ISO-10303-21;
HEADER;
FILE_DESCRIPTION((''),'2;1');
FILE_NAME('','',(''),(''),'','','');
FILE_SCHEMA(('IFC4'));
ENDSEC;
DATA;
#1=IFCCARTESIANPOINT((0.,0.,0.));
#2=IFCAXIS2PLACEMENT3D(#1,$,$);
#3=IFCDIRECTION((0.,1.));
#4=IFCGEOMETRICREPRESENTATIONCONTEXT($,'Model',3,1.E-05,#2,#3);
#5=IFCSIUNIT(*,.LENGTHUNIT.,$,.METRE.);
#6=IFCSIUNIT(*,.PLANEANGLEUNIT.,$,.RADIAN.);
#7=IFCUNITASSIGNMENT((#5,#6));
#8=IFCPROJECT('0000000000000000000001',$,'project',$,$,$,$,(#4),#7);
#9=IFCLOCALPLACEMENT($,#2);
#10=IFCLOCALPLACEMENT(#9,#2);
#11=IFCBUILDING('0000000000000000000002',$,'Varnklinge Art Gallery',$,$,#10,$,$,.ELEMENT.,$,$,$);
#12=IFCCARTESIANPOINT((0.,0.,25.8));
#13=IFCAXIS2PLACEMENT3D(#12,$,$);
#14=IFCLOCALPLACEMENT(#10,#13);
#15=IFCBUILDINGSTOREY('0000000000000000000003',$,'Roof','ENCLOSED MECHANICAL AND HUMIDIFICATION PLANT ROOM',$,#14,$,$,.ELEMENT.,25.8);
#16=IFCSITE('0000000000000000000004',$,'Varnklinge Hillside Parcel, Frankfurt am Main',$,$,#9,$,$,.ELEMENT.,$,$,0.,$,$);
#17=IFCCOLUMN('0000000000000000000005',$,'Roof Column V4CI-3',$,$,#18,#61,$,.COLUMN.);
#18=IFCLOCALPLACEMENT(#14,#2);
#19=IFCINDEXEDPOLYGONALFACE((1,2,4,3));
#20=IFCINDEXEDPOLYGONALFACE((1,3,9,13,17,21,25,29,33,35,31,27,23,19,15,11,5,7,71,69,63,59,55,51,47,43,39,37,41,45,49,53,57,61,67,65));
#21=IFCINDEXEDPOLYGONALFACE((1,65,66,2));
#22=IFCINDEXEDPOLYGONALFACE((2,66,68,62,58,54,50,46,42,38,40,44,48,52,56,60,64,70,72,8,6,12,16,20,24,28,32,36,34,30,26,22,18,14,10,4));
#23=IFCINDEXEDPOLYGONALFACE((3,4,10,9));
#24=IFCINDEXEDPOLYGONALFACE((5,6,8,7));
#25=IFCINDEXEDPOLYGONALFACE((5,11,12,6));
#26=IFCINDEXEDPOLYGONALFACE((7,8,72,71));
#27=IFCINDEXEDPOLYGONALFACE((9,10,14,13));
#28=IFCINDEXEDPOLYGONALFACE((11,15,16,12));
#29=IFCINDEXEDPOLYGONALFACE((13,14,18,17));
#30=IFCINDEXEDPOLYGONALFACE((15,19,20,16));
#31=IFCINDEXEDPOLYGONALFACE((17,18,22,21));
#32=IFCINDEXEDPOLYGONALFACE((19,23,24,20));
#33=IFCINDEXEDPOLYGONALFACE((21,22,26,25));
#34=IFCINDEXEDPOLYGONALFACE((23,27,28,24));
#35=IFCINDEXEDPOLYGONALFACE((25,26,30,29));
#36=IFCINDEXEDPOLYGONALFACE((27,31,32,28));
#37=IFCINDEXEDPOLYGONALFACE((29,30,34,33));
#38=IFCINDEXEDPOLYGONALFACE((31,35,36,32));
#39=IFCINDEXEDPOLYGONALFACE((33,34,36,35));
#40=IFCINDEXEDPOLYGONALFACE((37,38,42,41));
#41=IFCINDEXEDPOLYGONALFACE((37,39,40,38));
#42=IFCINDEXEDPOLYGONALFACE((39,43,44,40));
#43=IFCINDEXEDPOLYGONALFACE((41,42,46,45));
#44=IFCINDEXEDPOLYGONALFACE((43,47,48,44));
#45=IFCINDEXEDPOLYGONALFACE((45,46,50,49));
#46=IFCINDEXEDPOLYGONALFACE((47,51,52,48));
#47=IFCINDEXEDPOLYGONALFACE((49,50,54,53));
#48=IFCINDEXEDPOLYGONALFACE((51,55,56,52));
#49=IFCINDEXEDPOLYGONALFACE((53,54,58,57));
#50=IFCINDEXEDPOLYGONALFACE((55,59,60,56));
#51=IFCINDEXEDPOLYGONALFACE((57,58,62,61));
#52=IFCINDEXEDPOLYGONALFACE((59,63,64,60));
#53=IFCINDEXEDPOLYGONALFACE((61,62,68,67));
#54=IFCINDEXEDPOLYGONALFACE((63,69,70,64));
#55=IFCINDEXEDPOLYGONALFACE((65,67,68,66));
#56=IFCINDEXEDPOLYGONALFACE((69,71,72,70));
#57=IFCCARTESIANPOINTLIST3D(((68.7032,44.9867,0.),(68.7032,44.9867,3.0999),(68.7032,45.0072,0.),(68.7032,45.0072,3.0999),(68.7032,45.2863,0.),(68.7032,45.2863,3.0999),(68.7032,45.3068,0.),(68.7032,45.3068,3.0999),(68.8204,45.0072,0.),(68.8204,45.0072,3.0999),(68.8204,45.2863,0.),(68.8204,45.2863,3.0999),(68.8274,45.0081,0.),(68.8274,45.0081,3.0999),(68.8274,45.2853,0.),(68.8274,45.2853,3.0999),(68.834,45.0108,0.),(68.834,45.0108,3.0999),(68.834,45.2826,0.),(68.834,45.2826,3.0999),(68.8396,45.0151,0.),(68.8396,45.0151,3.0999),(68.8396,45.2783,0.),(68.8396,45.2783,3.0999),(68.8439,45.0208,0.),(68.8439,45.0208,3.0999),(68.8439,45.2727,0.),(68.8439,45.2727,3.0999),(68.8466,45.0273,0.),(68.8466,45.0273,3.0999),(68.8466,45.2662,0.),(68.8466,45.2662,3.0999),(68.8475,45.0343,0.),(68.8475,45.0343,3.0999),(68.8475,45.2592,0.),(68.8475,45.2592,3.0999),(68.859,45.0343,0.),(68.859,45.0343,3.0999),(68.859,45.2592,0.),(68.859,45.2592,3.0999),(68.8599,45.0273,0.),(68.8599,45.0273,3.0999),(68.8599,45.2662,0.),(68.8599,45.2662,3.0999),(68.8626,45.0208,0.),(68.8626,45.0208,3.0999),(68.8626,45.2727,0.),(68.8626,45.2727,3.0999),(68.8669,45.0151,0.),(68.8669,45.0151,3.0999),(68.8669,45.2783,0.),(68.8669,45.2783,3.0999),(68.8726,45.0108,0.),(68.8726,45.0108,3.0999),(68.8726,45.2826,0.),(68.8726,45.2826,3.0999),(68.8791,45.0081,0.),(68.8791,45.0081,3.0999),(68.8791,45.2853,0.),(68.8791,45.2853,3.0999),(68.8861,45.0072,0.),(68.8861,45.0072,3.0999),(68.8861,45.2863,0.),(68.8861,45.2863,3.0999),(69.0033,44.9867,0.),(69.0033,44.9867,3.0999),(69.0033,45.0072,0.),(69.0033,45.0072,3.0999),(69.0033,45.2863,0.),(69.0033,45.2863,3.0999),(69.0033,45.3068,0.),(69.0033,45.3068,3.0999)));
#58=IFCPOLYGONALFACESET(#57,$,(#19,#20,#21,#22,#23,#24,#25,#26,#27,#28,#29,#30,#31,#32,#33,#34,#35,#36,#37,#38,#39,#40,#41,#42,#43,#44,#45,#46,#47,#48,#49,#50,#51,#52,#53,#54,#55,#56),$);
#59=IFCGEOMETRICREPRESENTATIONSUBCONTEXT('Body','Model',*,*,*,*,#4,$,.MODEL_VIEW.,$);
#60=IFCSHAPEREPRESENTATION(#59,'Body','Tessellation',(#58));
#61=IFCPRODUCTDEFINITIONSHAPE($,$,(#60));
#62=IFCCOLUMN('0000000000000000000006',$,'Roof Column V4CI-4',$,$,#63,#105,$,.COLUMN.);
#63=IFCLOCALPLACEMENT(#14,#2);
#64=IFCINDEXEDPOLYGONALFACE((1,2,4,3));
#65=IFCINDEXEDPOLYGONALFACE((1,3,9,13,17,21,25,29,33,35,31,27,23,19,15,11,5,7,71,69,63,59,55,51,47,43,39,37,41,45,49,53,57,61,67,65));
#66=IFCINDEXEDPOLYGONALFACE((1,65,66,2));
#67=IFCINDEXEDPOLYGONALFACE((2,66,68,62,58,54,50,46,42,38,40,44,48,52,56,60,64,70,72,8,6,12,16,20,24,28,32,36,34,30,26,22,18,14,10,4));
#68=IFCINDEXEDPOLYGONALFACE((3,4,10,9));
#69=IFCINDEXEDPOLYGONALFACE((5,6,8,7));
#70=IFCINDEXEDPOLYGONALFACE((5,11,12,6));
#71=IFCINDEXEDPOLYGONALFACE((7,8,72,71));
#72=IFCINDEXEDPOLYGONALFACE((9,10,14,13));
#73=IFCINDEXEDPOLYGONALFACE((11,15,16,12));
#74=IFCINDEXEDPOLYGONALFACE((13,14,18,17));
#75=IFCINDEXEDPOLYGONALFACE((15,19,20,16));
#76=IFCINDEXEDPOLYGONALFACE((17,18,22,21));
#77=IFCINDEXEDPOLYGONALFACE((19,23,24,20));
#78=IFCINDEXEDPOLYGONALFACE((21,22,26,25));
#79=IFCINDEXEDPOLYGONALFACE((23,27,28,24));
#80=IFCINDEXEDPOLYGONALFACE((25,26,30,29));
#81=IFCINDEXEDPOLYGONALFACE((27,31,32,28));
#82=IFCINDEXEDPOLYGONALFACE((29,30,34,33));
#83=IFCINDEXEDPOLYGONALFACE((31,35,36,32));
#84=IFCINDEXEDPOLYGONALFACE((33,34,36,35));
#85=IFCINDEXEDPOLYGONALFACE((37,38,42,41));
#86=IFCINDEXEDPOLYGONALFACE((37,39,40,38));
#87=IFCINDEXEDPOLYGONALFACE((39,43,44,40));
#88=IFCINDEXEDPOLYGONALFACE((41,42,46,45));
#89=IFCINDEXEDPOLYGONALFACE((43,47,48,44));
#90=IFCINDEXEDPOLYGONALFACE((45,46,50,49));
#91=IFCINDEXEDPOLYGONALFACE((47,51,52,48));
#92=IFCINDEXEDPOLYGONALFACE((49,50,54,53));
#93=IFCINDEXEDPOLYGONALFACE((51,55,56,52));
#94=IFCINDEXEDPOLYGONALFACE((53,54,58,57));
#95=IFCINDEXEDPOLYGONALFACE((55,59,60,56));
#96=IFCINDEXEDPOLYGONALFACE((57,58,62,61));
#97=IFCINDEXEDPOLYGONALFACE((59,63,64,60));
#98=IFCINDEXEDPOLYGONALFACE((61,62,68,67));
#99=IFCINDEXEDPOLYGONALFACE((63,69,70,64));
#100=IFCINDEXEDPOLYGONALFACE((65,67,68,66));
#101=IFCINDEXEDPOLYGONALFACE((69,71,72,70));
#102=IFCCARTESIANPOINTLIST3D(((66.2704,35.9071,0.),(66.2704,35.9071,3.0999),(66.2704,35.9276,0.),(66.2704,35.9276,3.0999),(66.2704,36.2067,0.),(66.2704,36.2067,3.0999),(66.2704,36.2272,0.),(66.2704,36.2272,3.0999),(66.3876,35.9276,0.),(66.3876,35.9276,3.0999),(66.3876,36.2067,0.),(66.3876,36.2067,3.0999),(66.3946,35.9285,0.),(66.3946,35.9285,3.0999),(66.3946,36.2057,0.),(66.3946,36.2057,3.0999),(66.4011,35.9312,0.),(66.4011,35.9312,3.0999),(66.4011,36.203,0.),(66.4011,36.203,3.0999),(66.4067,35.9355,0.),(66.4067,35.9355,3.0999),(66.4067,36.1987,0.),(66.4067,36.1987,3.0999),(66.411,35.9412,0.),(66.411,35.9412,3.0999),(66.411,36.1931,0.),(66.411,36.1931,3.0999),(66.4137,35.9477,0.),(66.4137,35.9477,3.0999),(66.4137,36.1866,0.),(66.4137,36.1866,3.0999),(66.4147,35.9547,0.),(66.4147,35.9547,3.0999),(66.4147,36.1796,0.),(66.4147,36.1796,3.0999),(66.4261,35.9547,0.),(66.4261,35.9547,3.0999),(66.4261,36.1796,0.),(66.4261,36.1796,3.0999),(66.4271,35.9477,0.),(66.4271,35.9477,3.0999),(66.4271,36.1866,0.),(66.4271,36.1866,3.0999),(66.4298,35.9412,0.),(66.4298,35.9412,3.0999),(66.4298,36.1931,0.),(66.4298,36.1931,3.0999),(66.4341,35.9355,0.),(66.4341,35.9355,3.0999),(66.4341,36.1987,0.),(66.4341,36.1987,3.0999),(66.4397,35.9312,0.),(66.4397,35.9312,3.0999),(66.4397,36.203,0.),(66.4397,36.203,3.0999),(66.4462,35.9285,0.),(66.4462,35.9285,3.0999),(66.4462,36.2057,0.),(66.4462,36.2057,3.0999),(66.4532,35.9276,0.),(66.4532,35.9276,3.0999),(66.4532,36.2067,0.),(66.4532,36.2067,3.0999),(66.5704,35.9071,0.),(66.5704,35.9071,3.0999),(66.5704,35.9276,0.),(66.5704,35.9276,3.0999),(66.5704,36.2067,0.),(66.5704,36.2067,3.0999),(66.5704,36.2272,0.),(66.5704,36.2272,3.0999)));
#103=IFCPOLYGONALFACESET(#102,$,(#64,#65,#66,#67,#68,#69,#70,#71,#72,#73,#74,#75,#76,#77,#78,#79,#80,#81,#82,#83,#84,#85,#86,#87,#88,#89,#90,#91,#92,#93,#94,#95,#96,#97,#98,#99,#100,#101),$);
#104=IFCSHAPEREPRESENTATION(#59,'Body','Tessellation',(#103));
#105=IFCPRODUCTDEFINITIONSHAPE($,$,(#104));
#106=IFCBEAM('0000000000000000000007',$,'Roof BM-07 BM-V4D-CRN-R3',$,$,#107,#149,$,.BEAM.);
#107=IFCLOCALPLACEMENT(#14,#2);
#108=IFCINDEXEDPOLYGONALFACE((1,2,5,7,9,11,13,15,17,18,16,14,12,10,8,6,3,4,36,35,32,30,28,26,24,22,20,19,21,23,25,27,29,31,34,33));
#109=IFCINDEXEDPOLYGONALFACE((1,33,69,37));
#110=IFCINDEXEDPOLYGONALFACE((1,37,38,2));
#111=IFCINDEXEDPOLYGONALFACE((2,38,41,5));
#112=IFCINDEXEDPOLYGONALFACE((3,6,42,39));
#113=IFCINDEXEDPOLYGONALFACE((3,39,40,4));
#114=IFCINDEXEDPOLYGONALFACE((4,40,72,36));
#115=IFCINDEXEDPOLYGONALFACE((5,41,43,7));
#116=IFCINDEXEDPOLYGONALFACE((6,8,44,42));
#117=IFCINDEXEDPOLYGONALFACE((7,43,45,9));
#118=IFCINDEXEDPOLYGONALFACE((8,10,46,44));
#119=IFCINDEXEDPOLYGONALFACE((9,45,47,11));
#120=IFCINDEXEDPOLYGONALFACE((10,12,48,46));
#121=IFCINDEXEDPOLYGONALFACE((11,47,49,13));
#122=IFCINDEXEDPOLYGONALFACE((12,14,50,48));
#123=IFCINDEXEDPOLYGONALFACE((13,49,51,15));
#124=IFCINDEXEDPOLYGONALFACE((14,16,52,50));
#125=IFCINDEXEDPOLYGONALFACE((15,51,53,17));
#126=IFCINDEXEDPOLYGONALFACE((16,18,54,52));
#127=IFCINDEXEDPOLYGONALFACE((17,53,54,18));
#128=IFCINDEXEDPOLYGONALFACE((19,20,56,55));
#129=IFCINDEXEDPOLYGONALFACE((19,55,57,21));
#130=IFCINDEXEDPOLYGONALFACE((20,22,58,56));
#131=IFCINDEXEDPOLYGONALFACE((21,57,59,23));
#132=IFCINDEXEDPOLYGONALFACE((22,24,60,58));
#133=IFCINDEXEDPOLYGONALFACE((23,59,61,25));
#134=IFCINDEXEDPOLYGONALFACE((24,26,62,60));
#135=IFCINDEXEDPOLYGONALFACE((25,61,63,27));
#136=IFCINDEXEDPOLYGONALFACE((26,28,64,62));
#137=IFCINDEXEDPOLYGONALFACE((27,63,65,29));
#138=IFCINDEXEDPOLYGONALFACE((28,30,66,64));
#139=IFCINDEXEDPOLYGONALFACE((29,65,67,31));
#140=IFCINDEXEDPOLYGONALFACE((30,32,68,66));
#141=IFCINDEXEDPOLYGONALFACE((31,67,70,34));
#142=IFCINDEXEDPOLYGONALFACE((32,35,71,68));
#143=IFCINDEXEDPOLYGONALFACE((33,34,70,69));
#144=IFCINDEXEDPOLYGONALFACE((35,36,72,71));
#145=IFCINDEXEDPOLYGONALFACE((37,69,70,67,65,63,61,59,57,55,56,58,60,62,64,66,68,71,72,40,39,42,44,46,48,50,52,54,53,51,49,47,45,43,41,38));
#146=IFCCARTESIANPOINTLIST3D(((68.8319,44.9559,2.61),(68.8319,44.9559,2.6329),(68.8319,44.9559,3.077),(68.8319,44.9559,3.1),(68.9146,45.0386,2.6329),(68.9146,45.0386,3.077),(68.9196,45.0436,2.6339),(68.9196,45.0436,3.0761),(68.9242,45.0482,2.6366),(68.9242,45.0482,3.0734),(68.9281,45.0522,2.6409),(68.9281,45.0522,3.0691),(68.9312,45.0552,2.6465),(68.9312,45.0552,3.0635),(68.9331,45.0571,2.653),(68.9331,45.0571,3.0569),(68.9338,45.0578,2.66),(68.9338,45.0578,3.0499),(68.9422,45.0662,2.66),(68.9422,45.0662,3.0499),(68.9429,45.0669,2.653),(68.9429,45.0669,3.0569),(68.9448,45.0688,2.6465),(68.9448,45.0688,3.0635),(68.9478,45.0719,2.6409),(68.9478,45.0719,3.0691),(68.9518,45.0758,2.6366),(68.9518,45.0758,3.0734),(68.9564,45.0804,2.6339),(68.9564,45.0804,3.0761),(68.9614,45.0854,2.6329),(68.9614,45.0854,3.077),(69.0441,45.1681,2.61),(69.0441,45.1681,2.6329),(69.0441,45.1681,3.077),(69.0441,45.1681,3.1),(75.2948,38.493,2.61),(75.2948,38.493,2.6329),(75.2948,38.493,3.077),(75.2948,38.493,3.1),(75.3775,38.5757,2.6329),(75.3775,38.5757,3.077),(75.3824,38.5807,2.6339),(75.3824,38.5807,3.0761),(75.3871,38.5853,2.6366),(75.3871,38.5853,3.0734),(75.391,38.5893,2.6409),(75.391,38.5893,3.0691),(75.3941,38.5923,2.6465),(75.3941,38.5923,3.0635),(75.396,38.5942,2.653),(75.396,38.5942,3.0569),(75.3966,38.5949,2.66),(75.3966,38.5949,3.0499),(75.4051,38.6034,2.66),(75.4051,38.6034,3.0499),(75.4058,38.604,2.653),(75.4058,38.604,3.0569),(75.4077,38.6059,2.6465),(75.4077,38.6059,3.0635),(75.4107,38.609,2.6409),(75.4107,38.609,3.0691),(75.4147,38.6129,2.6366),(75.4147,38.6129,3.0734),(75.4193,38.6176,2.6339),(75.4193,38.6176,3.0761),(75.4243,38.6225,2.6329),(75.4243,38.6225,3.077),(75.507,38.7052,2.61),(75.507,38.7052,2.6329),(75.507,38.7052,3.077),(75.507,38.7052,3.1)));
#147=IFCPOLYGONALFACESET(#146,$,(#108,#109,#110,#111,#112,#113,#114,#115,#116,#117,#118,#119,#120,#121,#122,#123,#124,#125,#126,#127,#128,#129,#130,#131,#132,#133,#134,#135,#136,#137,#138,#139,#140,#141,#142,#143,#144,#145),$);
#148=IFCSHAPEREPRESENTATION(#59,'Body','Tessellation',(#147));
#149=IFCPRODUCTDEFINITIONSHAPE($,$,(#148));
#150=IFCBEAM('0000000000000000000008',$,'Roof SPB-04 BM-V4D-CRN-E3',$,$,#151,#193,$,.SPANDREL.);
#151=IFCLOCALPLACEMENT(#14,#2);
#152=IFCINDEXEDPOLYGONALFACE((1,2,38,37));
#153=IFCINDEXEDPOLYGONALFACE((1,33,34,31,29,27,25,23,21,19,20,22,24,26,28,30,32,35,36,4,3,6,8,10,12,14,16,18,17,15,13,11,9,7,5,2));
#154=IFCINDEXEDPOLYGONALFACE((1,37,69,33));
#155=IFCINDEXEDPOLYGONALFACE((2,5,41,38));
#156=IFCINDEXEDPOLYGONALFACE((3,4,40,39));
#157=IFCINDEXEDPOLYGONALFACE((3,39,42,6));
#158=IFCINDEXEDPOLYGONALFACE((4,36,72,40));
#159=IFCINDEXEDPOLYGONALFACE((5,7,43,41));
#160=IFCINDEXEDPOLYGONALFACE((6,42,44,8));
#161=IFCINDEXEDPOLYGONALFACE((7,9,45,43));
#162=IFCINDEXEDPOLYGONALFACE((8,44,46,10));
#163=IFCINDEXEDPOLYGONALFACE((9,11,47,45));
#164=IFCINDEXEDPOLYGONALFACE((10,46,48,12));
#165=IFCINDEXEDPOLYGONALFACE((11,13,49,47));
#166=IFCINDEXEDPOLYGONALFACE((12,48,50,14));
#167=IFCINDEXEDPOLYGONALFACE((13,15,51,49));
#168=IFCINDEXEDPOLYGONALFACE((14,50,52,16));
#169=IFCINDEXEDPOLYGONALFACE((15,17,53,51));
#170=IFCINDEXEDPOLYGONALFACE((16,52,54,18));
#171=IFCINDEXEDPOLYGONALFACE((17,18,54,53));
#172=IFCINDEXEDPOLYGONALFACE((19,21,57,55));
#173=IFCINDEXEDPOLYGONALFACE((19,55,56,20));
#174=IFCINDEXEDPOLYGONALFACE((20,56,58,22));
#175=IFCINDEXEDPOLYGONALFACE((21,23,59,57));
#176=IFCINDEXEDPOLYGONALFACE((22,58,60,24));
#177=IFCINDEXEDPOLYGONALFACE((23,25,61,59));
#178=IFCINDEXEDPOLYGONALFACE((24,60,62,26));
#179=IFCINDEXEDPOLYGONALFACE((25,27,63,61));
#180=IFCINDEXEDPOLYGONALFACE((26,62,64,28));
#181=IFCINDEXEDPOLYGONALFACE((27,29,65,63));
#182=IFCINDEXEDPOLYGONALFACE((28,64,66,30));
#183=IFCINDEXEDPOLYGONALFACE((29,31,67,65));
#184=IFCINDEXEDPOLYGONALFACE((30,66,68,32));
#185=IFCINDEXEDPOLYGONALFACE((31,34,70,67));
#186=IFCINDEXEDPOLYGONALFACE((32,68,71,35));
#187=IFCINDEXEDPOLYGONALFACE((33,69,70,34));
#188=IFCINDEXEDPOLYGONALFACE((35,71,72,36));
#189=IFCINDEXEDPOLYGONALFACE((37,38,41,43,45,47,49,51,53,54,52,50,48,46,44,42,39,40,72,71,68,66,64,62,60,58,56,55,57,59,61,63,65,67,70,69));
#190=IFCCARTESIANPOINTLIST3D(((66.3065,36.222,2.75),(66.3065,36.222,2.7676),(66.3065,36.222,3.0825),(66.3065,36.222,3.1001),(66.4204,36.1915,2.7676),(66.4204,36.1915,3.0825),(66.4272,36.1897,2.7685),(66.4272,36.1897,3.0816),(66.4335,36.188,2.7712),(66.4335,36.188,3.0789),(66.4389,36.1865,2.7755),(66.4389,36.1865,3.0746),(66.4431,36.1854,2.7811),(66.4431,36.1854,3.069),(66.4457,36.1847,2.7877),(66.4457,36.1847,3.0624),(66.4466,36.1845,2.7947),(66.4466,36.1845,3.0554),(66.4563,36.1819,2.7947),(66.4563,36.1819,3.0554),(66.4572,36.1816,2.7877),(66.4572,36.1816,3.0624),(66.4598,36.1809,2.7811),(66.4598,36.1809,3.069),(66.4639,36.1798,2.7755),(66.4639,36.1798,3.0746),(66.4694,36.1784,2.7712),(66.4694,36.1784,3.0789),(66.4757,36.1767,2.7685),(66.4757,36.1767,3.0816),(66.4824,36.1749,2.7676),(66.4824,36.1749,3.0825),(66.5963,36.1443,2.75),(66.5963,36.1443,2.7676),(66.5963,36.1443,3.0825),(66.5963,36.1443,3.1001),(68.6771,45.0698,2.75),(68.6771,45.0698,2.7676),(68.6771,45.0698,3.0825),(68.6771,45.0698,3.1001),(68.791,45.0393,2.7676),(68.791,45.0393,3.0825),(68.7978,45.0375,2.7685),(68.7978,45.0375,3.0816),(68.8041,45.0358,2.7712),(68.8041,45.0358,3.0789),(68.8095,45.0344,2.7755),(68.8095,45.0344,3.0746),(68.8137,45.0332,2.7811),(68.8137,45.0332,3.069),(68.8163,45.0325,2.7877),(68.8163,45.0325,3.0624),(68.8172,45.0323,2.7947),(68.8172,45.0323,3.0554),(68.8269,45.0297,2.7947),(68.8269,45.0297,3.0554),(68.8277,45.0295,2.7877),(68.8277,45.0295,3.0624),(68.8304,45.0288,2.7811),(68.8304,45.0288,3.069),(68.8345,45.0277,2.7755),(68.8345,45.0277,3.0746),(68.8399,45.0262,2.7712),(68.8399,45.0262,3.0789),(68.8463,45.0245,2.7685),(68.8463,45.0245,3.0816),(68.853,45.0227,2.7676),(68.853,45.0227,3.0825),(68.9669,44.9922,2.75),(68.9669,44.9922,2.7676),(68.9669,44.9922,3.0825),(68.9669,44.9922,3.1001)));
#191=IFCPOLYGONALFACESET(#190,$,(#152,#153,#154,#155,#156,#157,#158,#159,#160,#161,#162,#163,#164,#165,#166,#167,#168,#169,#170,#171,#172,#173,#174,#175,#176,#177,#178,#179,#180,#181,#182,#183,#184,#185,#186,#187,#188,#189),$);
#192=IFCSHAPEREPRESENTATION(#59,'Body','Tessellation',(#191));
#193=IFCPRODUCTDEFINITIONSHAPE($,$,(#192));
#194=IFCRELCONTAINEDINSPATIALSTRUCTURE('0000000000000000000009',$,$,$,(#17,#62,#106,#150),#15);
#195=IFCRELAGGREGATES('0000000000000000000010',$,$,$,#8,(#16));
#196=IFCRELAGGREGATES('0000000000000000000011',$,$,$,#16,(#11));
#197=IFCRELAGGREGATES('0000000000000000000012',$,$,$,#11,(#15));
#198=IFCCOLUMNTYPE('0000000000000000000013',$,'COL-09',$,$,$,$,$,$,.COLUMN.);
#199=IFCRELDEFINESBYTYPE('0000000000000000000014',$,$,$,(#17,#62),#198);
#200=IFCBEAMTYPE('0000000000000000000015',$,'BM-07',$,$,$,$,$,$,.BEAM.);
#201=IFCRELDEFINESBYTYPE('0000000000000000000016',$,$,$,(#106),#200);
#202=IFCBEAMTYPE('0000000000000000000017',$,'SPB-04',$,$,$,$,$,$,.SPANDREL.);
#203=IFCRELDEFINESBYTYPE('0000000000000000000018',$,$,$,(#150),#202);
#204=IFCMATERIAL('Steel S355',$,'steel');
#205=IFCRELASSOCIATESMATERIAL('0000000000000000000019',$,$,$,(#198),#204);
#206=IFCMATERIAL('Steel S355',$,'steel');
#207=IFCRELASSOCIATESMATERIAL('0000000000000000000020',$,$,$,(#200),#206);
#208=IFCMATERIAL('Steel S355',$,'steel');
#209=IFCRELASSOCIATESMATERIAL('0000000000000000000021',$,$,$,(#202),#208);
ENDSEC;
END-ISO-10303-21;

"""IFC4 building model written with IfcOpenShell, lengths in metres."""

from ifc_helpers import new_model, si_unit, direction, frame, origin, origin_2d, place, context, subcontext, project, spatial, i_section, extrude, material, material_profile, profile_set, type_object, element, save


model = new_model("IFC4")

# Units and contexts
model_context = context("Model", 3, precision=1e-05, world=origin(), true_north=direction((0.0, 1.0)))
body_context = subcontext(model_context, "Body", "Model", "MODEL_VIEW")
ifc_project = project(units=[si_unit("LENGTHUNIT", "METRE"), si_unit("PLANEANGLEUNIT", "RADIAN")], contexts=[model_context])

# Site, building, storey
site_placement = place(None, origin())
site = spatial("IfcSite", under=ifc_project, at=site_placement, Name="Varnklinge Hillside Parcel, Frankfurt am Main", CompositionType="ELEMENT", RefElevation=0.0)
building_placement = place(site_placement, origin())
building = spatial("IfcBuilding", under=site, at=building_placement, Name="Varnklinge Art Gallery", CompositionType="ELEMENT")
storey_placement = place(building_placement, frame((0.0, 0.0, 25.8)))
storey = spatial("IfcBuildingStorey", under=building, at=storey_placement, Name="Roof", Description="ENCLOSED MECHANICAL AND HUMIDIFICATION PLANT ROOM", CompositionType="ELEMENT", Elevation=25.8)

# Columns
ifc_material_1 = material(Name="Steel S355", Category="steel")
ifc_material_profile_1 = material_profile(ifc_material_1, i_section(OverallWidth=0.3, OverallDepth=0.3201, WebThickness=0.0115, FlangeThickness=0.0205, FilletRadius=0.0271, at=origin_2d()), Name="HEB 320")
ifc_profile_set_1 = profile_set([ifc_material_profile_1], Name="Steel S355")
column_type = type_object("IfcColumnType", Name="COL-09", PredefinedType="COLUMN", material=ifc_profile_set_1)
for number, where, z_axis, x_axis, name in (
    (1, (68.8533, 45.1467, 0.0), (0.0, 0.0, 1.0), (1.0, 0.0, 0.0), "Roof Column V4CI-3"),
    (2, (66.4204, 36.0671, 0.0), (0.0, 0.0, 1.0), (1.0, 0.0, 0.0), "Roof Column V4CI-4"),
):
    element("IfcColumn", number, at=place(storey_placement, frame(where, z_axis=z_axis, x_axis=x_axis)), inside=storey, type_object=column_type, Name=name, PredefinedType="COLUMN", context=body_context, shape_type="SweptSolid", body=[
        extrude(i_section(OverallWidth=0.3, OverallDepth=0.3201, WebThickness=0.0115, FlangeThickness=0.0205, FilletRadius=0.0271, at=origin_2d()), origin(), (0.0, 0.0, 1.0), 3.0999),
    ])

# Beams
ifc_material_2 = material(Name="Steel S355", Category="steel")
ifc_material_profile_2 = material_profile(ifc_material_2, i_section(OverallWidth=0.3, OverallDepth=0.49, WebThickness=0.012, FlangeThickness=0.0229, FilletRadius=0.0271, at=origin_2d()), Name="HEA 500")
ifc_profile_set_2 = profile_set([ifc_material_profile_2], Name="Steel S355")
beam_type_1 = type_object("IfcBeamType", Name="BM-07", PredefinedType="BEAM", material=ifc_profile_set_2)
beam_placement = place(storey_placement, frame((68.938, 45.062, 2.855), z_axis=(0.707107, -0.707107, 0.0), x_axis=(0.707107, 0.707107, 0.0)))
element("IfcBeam", 3, at=beam_placement, inside=storey, type_object=beam_type_1, Name="Roof BM-07 BM-V4D-CRN-R3", PredefinedType="BEAM", context=body_context, shape_type="SweptSolid", body=[
    extrude(i_section(OverallWidth=0.3, OverallDepth=0.49, WebThickness=0.012, FlangeThickness=0.0229, FilletRadius=0.0271, at=origin_2d()), origin(), (0.0, 0.0, 1.0), 9.1399),
])
ifc_material_3 = material(Name="Steel S355", Category="steel")
ifc_material_profile_3 = material_profile(ifc_material_3, i_section(OverallWidth=0.3, OverallDepth=0.3501, WebThickness=0.01, FlangeThickness=0.0176, FilletRadius=0.0271, at=origin_2d()), Name="HEA 360")
ifc_profile_set_3 = profile_set([ifc_material_profile_3], Name="Steel S355")
beam_type_2 = type_object("IfcBeamType", Name="SPB-04", PredefinedType="SPANDREL", material=ifc_profile_set_3)
for number, where, z_axis, x_axis, name in (
    (4, (68.822, 45.031, 2.925), (-0.2588, -0.965931, 0.0), (0.965931, -0.2588, 0.0), "Roof SPB-04 BM-V4D-CRN-E3"),
):
    element("IfcBeam", number, at=place(storey_placement, frame(where, z_axis=z_axis, x_axis=x_axis)), inside=storey, type_object=beam_type_2, Name=name, PredefinedType="SPANDREL", context=body_context, shape_type="SweptSolid", body=[
        extrude(i_section(OverallWidth=0.3, OverallDepth=0.3501, WebThickness=0.01, FlangeThickness=0.0176, FilletRadius=0.0271, at=origin_2d()), origin(), (0.0, 0.0, 1.0), 9.1599),
    ])

save(model, "model.ifc")
